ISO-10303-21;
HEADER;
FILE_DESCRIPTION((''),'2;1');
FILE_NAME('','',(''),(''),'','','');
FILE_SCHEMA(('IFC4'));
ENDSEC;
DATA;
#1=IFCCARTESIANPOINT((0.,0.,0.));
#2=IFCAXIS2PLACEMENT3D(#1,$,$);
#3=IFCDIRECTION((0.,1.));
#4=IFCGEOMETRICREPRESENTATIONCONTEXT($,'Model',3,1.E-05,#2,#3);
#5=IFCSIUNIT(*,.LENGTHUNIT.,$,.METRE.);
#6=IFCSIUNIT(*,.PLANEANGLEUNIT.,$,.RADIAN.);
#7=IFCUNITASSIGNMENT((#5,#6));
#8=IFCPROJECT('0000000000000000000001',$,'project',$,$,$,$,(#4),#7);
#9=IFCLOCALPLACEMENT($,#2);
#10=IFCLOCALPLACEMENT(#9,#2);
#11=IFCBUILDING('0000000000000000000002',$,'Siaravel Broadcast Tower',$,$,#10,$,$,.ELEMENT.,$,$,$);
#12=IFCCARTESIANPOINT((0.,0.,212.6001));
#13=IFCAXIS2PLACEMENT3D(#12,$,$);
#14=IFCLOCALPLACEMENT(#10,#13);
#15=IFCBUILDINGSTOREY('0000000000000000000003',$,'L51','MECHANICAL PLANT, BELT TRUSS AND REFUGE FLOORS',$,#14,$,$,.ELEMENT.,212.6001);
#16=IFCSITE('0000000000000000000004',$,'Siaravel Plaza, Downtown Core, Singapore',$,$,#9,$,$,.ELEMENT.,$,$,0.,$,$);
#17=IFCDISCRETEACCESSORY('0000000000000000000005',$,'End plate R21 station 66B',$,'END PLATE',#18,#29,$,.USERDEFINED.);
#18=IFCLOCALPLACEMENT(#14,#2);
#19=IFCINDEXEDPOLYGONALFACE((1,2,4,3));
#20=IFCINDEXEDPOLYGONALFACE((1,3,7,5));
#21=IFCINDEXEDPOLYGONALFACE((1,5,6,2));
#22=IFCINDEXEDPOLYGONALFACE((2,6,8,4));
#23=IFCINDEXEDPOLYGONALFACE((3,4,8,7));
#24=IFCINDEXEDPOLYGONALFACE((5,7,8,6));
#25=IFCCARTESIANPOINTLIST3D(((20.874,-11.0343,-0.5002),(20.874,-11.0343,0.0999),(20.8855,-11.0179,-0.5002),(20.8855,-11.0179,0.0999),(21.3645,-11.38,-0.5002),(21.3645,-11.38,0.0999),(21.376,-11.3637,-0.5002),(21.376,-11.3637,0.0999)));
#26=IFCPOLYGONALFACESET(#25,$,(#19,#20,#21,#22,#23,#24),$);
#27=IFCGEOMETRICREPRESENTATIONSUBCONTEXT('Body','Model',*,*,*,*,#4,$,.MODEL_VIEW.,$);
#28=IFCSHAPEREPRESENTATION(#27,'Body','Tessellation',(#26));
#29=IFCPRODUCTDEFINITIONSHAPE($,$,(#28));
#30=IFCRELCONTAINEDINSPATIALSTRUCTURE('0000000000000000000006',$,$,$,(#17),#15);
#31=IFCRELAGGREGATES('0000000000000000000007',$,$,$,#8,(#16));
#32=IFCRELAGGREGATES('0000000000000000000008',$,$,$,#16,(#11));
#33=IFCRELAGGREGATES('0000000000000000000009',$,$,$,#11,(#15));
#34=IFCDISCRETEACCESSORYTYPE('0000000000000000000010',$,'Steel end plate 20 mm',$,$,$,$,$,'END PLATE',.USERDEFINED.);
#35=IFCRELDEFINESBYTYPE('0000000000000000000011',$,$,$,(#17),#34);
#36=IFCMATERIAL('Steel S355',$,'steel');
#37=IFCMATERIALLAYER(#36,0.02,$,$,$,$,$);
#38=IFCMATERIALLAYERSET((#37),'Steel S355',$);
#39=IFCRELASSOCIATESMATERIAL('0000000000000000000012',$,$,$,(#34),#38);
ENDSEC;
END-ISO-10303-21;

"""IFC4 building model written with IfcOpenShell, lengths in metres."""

from ifc_helpers import new_model, si_unit, direction, frame, origin, origin_2d, place, context, subcontext, project, spatial, rectangle, extrude, material, layer, layer_set, type_object, element, save


model = new_model("IFC4")

# Units and contexts
model_context = context("Model", 3, precision=1e-05, world=origin(), true_north=direction((0.0, 1.0)))
body_context = subcontext(model_context, "Body", "Model", "MODEL_VIEW")
ifc_project = project(units=[si_unit("LENGTHUNIT", "METRE"), si_unit("PLANEANGLEUNIT", "RADIAN")], contexts=[model_context])

# Site, building, storey
site_placement = place(None, origin())
site = spatial("IfcSite", under=ifc_project, at=site_placement, Name="Siaravel Plaza, Downtown Core, Singapore", CompositionType="ELEMENT", RefElevation=0.0)
building_placement = place(site_placement, origin())
building = spatial("IfcBuilding", under=site, at=building_placement, Name="Siaravel Broadcast Tower", CompositionType="ELEMENT")
storey_placement = place(building_placement, frame((0.0, 0.0, 212.6001)))
storey = spatial("IfcBuildingStorey", under=building, at=storey_placement, Name="L51", Description="MECHANICAL PLANT, BELT TRUSS AND REFUGE FLOORS", CompositionType="ELEMENT", Elevation=212.6001)

# Shared definitions
ifc_material_1 = material(Name="Steel S355", Category="steel")

# Discrete accessory
ifc_layer_1 = layer(ifc_material_1, 0.02)
ifc_layer_set_1 = layer_set([ifc_layer_1], Name="Steel S355")
discrete_accessory_type = type_object("IfcDiscreteAccessoryType", Name="Steel end plate 20 mm", ElementType="END PLATE", PredefinedType="USERDEFINED", material=ifc_layer_set_1)
for number, where, z_axis, x_axis, name in (
    (1, (21.125, -11.199, -0.5002), (0.0, 0.0, 1.0), (0.576119, 0.817366, 0.0), "End plate R21 station 66B"),
):
    element("IfcDiscreteAccessory", number, at=place(storey_placement, frame(where, z_axis=z_axis, x_axis=x_axis)), inside=storey, type_object=discrete_accessory_type, Name=name, ObjectType="END PLATE", PredefinedType="USERDEFINED", context=body_context, shape_type="SweptSolid", body=[
        extrude(rectangle(XDim=0.02, YDim=0.6001, at=origin_2d()), origin(), (0.0, 0.0, 1.0), 0.6001),
    ])

save(model, "model.ifc")
